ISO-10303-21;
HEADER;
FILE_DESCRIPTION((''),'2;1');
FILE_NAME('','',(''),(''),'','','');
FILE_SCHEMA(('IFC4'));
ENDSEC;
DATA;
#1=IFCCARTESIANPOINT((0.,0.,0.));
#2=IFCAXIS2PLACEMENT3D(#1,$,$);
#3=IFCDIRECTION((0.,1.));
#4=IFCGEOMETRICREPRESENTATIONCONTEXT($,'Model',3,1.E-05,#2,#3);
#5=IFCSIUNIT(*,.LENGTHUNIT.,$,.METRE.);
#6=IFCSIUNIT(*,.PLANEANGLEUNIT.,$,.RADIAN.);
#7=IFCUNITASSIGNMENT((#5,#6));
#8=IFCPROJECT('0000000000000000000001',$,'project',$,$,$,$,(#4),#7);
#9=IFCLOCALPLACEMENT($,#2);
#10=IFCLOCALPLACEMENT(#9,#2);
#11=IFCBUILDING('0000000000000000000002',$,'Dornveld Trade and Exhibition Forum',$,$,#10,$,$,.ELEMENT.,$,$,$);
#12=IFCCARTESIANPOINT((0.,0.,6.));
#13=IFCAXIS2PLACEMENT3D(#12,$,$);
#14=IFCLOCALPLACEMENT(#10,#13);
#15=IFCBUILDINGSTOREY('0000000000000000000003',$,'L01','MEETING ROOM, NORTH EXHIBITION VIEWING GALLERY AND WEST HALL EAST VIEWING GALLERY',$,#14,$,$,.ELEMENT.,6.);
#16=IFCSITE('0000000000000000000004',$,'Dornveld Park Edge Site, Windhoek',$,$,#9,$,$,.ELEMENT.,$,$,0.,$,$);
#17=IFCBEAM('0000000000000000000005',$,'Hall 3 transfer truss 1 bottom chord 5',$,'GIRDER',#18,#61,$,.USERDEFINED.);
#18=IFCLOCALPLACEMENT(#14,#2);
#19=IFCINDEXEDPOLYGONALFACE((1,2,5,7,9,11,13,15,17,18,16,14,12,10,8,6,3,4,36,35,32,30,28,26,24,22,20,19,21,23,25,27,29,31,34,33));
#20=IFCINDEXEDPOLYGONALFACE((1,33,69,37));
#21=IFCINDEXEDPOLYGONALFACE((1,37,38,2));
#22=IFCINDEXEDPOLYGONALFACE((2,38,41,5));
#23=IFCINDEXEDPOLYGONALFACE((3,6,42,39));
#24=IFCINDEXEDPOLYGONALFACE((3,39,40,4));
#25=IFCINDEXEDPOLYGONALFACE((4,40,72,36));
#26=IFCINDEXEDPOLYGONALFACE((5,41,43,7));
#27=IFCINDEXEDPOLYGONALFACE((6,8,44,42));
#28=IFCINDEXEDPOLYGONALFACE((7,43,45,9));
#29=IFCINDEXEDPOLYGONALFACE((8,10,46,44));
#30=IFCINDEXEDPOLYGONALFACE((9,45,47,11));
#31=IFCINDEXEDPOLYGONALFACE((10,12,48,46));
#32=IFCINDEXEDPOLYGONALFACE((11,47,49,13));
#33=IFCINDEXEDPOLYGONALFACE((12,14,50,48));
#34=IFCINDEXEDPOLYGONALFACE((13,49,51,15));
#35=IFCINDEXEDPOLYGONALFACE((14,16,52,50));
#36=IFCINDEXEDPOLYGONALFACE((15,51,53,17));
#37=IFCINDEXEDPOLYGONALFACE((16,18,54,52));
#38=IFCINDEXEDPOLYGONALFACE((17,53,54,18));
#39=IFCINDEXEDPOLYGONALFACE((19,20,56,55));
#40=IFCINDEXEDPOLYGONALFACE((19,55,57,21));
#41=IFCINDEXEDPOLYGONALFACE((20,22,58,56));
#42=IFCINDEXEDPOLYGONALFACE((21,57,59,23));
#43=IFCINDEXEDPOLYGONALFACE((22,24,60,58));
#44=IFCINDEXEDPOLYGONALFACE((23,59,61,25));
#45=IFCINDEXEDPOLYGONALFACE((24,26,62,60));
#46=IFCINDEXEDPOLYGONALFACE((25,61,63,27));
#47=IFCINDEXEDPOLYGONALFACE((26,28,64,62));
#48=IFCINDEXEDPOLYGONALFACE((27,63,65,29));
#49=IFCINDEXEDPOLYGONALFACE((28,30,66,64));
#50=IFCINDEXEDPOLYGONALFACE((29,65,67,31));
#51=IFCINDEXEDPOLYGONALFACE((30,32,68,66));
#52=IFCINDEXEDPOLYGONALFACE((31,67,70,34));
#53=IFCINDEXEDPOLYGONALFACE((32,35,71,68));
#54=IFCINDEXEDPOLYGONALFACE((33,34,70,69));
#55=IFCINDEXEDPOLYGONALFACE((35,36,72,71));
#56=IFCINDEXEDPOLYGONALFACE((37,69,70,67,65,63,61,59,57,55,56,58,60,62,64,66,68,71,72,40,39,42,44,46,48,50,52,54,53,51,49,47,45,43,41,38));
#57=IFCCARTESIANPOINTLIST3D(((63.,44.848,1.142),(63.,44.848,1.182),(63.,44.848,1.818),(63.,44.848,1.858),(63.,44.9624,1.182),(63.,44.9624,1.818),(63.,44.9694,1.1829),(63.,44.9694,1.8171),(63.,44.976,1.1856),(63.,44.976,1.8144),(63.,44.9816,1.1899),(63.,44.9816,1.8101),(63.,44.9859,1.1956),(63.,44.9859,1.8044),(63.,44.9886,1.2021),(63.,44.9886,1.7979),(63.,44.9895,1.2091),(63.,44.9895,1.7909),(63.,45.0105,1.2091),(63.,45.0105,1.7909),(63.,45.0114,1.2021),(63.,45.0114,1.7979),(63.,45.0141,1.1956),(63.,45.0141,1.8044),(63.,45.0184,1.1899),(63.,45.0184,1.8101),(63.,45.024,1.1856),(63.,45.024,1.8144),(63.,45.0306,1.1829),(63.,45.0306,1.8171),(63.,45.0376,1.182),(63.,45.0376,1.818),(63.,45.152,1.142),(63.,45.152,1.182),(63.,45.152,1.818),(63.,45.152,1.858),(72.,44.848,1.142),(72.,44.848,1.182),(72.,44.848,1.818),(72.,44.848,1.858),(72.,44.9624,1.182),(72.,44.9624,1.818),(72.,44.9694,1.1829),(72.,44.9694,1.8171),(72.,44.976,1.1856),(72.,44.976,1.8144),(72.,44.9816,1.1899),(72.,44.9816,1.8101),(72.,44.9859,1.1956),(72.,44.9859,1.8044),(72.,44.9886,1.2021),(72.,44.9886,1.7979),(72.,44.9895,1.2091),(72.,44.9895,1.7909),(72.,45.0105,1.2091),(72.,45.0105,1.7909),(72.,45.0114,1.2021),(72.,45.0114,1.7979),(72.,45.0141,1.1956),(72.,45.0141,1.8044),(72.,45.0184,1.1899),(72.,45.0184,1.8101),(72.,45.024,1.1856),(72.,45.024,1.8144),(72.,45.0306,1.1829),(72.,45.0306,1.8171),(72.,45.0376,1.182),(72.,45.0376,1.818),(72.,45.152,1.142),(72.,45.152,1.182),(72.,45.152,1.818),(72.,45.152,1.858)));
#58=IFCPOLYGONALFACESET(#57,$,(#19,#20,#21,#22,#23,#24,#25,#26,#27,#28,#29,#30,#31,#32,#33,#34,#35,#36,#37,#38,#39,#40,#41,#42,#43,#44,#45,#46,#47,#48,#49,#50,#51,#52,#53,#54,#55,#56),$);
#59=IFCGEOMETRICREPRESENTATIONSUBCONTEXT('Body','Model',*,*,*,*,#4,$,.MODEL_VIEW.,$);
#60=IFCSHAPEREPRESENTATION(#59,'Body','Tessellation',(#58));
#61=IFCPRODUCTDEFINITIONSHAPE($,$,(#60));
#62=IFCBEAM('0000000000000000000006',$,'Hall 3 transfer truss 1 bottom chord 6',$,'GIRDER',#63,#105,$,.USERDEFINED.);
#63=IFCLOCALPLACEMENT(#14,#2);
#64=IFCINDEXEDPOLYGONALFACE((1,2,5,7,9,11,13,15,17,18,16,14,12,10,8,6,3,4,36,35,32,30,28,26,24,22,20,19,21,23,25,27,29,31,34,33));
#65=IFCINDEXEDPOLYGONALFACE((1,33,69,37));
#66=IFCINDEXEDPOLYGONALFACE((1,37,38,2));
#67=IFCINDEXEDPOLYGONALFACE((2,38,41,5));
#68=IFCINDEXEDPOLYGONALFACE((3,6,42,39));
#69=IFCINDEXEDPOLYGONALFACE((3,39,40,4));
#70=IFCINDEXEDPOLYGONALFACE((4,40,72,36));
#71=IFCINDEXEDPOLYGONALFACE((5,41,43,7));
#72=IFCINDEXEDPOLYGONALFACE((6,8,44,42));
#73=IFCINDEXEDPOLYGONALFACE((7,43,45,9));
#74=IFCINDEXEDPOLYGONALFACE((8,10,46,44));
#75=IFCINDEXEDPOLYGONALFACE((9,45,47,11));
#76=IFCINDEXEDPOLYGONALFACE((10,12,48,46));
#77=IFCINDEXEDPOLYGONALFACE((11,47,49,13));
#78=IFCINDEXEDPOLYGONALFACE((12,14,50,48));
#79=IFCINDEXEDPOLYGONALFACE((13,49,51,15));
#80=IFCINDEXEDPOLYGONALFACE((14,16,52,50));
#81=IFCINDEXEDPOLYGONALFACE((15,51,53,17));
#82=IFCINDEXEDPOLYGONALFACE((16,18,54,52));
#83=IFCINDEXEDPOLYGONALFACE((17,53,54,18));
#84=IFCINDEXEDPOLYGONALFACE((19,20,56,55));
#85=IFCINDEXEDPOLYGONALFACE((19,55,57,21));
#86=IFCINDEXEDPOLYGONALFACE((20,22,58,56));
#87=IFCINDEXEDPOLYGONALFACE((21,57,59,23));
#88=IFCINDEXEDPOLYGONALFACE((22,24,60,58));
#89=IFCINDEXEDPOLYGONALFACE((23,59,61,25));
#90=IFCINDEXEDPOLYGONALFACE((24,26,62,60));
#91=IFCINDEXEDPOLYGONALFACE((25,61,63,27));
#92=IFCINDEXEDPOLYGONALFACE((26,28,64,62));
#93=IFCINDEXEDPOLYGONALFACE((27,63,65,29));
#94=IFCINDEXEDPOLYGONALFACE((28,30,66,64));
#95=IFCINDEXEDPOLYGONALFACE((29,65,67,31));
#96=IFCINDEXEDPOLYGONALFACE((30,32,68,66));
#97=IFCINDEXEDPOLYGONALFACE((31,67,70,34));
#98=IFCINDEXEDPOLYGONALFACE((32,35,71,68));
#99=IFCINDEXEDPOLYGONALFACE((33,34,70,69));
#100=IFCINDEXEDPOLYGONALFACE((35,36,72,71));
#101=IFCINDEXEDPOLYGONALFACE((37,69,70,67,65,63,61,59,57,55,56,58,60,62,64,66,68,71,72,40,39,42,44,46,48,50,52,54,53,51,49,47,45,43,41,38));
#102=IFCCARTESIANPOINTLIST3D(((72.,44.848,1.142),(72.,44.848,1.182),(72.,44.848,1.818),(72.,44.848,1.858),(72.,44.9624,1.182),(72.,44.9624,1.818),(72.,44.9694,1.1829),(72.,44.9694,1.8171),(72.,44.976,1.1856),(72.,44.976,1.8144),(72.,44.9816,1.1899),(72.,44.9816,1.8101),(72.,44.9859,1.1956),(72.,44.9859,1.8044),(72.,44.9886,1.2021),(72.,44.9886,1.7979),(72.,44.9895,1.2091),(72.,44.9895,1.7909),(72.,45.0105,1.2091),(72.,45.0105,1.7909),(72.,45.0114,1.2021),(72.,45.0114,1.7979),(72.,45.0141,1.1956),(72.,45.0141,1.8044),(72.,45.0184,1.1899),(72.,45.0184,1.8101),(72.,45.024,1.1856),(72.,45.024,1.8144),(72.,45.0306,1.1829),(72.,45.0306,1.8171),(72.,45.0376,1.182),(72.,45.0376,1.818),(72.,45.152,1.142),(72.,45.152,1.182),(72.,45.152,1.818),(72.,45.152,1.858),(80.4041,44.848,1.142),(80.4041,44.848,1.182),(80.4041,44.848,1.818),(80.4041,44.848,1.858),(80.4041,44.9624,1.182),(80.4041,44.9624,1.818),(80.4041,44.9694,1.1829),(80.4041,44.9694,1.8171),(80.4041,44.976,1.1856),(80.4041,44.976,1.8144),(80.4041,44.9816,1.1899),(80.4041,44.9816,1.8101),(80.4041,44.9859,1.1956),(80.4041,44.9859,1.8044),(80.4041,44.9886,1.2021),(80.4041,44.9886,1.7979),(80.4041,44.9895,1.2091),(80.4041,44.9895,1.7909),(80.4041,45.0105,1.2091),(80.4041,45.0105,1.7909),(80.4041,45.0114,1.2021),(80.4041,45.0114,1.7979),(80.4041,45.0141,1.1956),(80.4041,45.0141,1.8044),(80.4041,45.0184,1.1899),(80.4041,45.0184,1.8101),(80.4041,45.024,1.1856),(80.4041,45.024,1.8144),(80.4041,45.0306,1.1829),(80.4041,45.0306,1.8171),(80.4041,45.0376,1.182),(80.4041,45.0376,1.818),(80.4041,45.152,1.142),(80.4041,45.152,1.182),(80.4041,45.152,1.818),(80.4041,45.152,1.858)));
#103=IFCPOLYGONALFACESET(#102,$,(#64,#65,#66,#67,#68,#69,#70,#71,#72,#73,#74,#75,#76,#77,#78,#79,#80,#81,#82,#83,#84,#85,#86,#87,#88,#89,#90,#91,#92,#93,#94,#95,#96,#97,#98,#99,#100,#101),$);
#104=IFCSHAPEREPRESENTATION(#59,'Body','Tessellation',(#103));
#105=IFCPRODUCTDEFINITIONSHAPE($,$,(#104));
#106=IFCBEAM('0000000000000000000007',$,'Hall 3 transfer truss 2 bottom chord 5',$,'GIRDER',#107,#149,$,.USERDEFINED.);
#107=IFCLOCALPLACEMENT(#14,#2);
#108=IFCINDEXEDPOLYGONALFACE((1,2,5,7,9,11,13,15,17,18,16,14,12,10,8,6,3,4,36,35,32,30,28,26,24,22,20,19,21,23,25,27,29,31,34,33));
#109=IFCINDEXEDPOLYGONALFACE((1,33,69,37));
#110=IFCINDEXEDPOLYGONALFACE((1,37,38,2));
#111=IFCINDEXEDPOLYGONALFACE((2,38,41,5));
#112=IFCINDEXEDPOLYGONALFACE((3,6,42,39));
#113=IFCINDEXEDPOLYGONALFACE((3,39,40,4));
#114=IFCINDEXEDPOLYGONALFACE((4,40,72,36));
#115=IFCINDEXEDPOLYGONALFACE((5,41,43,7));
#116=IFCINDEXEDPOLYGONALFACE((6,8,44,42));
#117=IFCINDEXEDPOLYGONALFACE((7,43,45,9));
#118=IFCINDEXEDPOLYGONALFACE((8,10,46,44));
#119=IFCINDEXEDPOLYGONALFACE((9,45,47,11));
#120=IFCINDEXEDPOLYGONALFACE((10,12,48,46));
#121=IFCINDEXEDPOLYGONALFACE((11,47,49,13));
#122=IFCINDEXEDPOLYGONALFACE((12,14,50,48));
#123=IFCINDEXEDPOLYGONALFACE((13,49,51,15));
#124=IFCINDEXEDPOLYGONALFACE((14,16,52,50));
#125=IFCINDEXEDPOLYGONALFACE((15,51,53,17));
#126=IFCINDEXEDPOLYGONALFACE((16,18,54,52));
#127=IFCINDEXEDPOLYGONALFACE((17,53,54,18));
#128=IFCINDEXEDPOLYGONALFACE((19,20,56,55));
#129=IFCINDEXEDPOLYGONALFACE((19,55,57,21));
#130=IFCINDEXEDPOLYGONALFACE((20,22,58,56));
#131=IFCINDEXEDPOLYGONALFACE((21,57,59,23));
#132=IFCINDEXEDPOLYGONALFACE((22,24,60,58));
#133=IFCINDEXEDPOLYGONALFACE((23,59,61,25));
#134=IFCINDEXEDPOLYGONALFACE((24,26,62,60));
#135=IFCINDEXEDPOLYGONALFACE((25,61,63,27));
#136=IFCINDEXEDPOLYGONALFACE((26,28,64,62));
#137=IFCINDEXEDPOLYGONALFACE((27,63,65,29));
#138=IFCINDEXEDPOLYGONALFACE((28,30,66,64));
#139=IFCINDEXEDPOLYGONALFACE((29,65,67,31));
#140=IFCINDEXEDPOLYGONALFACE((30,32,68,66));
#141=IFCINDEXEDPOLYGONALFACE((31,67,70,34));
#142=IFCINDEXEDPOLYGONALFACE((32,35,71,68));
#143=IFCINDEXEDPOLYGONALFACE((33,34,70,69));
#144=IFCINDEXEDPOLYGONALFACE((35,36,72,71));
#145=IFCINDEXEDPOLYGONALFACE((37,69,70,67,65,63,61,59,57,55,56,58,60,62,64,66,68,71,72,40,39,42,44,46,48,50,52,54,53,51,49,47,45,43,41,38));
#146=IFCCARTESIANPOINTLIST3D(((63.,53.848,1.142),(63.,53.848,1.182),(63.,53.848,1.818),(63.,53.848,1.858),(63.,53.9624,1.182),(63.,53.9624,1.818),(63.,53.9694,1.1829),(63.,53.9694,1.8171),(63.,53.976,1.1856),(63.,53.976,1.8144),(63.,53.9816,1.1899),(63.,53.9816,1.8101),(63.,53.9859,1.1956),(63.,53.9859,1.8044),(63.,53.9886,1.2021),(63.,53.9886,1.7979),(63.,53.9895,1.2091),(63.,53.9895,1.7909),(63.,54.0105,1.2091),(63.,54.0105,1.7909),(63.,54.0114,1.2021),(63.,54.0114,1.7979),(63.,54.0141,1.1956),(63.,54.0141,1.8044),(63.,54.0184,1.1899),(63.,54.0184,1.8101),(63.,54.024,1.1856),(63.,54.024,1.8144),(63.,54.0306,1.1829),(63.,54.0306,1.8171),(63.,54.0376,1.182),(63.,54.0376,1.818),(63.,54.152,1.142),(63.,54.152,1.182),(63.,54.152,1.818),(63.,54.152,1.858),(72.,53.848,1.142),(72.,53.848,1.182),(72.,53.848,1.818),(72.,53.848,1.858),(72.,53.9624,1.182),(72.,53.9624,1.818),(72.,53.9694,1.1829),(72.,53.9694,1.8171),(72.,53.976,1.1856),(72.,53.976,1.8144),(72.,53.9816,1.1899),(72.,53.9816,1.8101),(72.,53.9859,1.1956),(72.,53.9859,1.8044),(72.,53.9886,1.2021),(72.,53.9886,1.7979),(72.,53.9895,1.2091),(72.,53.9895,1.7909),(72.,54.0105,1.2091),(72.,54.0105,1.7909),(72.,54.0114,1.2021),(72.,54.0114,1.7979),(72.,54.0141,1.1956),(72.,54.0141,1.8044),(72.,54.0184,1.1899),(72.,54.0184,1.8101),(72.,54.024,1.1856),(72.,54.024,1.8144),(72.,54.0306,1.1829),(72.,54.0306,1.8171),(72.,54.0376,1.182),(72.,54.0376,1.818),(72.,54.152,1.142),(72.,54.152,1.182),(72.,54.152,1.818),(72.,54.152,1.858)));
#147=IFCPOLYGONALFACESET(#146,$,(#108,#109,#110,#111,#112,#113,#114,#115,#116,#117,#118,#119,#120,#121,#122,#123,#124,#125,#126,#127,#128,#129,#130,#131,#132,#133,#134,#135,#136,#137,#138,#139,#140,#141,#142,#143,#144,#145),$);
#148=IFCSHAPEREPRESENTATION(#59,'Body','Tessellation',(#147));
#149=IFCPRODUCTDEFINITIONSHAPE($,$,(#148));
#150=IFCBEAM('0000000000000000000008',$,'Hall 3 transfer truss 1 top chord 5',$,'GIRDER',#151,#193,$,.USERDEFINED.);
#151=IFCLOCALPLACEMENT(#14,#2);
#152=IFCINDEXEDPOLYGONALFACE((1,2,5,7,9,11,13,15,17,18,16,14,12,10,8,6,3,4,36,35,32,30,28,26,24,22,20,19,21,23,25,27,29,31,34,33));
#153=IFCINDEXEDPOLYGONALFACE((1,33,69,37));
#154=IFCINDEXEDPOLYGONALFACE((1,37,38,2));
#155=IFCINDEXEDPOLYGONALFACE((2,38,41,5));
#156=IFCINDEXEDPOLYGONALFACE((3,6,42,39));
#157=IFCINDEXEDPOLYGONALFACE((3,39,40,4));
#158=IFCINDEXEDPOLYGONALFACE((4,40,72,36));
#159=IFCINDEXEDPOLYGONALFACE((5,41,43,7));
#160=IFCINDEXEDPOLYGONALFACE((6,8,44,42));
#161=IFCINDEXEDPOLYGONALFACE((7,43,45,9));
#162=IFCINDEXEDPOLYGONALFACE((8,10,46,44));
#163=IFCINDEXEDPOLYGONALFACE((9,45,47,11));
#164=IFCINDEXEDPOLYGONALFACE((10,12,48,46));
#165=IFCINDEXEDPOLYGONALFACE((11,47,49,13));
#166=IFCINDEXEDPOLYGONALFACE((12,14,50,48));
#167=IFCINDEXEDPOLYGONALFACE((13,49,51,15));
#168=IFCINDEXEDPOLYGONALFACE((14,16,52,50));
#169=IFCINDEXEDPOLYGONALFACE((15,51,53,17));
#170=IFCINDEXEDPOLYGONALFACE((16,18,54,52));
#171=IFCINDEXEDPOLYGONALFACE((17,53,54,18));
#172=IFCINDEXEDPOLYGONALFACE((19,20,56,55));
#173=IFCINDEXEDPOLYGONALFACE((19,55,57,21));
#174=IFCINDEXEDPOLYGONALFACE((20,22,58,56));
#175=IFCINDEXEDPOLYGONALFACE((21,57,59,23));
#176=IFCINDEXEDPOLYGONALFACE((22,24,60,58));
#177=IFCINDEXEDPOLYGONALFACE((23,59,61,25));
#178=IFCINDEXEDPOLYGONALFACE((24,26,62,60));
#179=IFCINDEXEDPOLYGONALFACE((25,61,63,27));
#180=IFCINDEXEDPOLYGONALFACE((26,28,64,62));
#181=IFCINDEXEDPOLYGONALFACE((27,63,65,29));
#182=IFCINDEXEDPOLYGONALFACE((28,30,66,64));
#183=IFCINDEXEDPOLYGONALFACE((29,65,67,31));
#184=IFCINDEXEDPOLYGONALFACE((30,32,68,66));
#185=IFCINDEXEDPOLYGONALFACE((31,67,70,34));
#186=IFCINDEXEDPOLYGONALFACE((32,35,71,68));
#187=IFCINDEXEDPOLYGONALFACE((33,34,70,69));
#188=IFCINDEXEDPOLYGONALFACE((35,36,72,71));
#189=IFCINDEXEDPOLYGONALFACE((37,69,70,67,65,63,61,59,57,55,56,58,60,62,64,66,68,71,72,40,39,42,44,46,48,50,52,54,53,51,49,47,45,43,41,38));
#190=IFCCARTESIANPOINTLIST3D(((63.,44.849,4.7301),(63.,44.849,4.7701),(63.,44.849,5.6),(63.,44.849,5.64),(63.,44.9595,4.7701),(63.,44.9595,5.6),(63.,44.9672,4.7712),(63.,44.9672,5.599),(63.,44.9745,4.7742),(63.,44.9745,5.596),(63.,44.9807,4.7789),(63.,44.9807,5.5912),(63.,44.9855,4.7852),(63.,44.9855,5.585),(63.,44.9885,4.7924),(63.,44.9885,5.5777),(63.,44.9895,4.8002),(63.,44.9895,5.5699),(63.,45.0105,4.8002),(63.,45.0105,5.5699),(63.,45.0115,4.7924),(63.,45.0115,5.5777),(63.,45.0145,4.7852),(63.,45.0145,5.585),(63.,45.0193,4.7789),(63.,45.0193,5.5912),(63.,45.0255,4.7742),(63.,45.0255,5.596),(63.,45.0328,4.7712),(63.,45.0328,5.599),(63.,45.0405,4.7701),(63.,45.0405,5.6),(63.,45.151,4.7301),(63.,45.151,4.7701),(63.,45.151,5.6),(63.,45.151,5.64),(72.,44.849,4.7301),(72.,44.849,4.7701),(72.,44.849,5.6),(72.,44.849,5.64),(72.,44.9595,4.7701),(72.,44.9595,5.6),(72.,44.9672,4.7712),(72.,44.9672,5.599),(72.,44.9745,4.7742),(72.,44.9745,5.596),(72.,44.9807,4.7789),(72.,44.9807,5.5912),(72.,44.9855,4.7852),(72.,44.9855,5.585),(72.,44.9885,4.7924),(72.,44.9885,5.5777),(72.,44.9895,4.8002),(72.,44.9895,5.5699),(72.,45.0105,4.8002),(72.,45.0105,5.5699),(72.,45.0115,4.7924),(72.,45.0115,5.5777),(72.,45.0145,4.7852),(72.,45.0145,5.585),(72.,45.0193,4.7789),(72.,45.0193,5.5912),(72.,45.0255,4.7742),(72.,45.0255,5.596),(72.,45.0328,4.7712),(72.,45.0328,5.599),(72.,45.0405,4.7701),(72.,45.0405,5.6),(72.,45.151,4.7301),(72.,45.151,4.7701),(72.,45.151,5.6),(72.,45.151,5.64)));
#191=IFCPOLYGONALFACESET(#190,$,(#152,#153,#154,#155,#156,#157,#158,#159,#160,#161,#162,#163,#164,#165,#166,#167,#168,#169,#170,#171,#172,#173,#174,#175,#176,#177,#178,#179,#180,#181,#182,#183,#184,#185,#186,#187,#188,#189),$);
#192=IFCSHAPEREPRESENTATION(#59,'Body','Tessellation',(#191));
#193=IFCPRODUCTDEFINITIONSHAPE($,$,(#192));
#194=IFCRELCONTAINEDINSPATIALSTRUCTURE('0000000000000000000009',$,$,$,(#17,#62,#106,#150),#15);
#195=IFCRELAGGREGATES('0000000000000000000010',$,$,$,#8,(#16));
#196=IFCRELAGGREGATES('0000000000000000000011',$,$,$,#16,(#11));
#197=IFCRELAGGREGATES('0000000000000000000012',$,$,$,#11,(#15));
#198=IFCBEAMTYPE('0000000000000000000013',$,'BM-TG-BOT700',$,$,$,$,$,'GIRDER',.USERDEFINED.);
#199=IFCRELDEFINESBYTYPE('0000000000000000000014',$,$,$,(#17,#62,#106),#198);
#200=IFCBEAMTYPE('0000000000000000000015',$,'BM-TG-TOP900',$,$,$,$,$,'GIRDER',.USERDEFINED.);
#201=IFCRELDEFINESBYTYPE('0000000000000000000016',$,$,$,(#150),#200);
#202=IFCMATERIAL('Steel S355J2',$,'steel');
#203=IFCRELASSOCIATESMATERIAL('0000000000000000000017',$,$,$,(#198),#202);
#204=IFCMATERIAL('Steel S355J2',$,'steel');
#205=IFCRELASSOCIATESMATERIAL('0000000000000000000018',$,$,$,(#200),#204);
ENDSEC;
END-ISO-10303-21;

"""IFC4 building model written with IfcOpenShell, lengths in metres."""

from ifc_helpers import new_model, si_unit, direction, frame, origin, origin_2d, place, context, subcontext, project, spatial, i_section, extrude, material, material_profile, profile_set, type_object, element, save


model = new_model("IFC4")

# Units and contexts
model_context = context("Model", 3, precision=1e-05, world=origin(), true_north=direction((0.0, 1.0)))
body_context = subcontext(model_context, "Body", "Model", "MODEL_VIEW")
ifc_project = project(units=[si_unit("LENGTHUNIT", "METRE"), si_unit("PLANEANGLEUNIT", "RADIAN")], contexts=[model_context])

# Site, building, storey
site_placement = place(None, origin())
site = spatial("IfcSite", under=ifc_project, at=site_placement, Name="Dornveld Park Edge Site, Windhoek", CompositionType="ELEMENT", RefElevation=0.0)
building_placement = place(site_placement, origin())
building = spatial("IfcBuilding", under=site, at=building_placement, Name="Dornveld Trade and Exhibition Forum", CompositionType="ELEMENT")
storey_placement = place(building_placement, frame((0.0, 0.0, 6.0)))
storey = spatial("IfcBuildingStorey", under=building, at=storey_placement, Name="L01", Description="MEETING ROOM, NORTH EXHIBITION VIEWING GALLERY AND WEST HALL EAST VIEWING GALLERY", CompositionType="ELEMENT", Elevation=6.0)

# Beams
ifc_material_1 = material(Name="Steel S355J2", Category="steel")
ifc_material_profile_1 = material_profile(ifc_material_1, i_section(OverallWidth=0.304, OverallDepth=0.7161, WebThickness=0.021, FlangeThickness=0.04, FilletRadius=0.0271, at=origin_2d()), Name="HEM 700")
ifc_profile_set_1 = profile_set([ifc_material_profile_1], Name="Steel S355J2")
beam_type_1 = type_object("IfcBeamType", Name="BM-TG-BOT700", ElementType="GIRDER", PredefinedType="USERDEFINED", material=ifc_profile_set_1)
beam_1_placement = place(storey_placement, frame((63.0, 45.0, 1.5), z_axis=(1.0, 0.0, 0.0), x_axis=(0.0, 1.0, 0.0)))
element("IfcBeam", 1, at=beam_1_placement, inside=storey, type_object=beam_type_1, Name="Hall 3 transfer truss 1 bottom chord 5", ObjectType="GIRDER", PredefinedType="USERDEFINED", context=body_context, shape_type="SweptSolid", body=[
    extrude(i_section(OverallWidth=0.304, OverallDepth=0.7161, WebThickness=0.021, FlangeThickness=0.04, FilletRadius=0.0271, at=origin_2d()), origin(), (0.0, 0.0, 1.0), 9.0),
])
beam_2_placement = place(storey_placement, frame((72.0, 45.0, 1.5), z_axis=(1.0, 0.0, 0.0), x_axis=(0.0, 1.0, 0.0)))
element("IfcBeam", 2, at=beam_2_placement, inside=storey, type_object=beam_type_1, Name="Hall 3 transfer truss 1 bottom chord 6", ObjectType="GIRDER", PredefinedType="USERDEFINED", context=body_context, shape_type="SweptSolid", body=[
    extrude(i_section(OverallWidth=0.304, OverallDepth=0.7161, WebThickness=0.021, FlangeThickness=0.04, FilletRadius=0.0271, at=origin_2d()), origin(), (0.0, 0.0, 1.0), 8.4041),
])
beam_3_placement = place(storey_placement, frame((63.0, 54.0, 1.5), z_axis=(1.0, 0.0, 0.0), x_axis=(0.0, 1.0, 0.0)))
element("IfcBeam", 3, at=beam_3_placement, inside=storey, type_object=beam_type_1, Name="Hall 3 transfer truss 2 bottom chord 5", ObjectType="GIRDER", PredefinedType="USERDEFINED", context=body_context, shape_type="SweptSolid", body=[
    extrude(i_section(OverallWidth=0.304, OverallDepth=0.7161, WebThickness=0.021, FlangeThickness=0.04, FilletRadius=0.0271, at=origin_2d()), origin(), (0.0, 0.0, 1.0), 9.0),
])
ifc_material_2 = material(Name="Steel S355J2", Category="steel")
ifc_material_profile_2 = material_profile(ifc_material_2, i_section(OverallWidth=0.302, OverallDepth=0.9099, WebThickness=0.021, FlangeThickness=0.04, FilletRadius=0.03, at=origin_2d()), Name="HEM 900")
ifc_profile_set_2 = profile_set([ifc_material_profile_2], Name="Steel S355J2")
beam_type_2 = type_object("IfcBeamType", Name="BM-TG-TOP900", ElementType="GIRDER", PredefinedType="USERDEFINED", material=ifc_profile_set_2)
beam_4_placement = place(storey_placement, frame((63.0, 45.0, 5.1851), z_axis=(1.0, 0.0, 0.0), x_axis=(0.0, 1.0, 0.0)))
element("IfcBeam", 4, at=beam_4_placement, inside=storey, type_object=beam_type_2, Name="Hall 3 transfer truss 1 top chord 5", ObjectType="GIRDER", PredefinedType="USERDEFINED", context=body_context, shape_type="SweptSolid", body=[
    extrude(i_section(OverallWidth=0.302, OverallDepth=0.9099, WebThickness=0.021, FlangeThickness=0.04, FilletRadius=0.03, at=origin_2d()), origin(), (0.0, 0.0, 1.0), 9.0),
])

save(model, "model.ifc")
